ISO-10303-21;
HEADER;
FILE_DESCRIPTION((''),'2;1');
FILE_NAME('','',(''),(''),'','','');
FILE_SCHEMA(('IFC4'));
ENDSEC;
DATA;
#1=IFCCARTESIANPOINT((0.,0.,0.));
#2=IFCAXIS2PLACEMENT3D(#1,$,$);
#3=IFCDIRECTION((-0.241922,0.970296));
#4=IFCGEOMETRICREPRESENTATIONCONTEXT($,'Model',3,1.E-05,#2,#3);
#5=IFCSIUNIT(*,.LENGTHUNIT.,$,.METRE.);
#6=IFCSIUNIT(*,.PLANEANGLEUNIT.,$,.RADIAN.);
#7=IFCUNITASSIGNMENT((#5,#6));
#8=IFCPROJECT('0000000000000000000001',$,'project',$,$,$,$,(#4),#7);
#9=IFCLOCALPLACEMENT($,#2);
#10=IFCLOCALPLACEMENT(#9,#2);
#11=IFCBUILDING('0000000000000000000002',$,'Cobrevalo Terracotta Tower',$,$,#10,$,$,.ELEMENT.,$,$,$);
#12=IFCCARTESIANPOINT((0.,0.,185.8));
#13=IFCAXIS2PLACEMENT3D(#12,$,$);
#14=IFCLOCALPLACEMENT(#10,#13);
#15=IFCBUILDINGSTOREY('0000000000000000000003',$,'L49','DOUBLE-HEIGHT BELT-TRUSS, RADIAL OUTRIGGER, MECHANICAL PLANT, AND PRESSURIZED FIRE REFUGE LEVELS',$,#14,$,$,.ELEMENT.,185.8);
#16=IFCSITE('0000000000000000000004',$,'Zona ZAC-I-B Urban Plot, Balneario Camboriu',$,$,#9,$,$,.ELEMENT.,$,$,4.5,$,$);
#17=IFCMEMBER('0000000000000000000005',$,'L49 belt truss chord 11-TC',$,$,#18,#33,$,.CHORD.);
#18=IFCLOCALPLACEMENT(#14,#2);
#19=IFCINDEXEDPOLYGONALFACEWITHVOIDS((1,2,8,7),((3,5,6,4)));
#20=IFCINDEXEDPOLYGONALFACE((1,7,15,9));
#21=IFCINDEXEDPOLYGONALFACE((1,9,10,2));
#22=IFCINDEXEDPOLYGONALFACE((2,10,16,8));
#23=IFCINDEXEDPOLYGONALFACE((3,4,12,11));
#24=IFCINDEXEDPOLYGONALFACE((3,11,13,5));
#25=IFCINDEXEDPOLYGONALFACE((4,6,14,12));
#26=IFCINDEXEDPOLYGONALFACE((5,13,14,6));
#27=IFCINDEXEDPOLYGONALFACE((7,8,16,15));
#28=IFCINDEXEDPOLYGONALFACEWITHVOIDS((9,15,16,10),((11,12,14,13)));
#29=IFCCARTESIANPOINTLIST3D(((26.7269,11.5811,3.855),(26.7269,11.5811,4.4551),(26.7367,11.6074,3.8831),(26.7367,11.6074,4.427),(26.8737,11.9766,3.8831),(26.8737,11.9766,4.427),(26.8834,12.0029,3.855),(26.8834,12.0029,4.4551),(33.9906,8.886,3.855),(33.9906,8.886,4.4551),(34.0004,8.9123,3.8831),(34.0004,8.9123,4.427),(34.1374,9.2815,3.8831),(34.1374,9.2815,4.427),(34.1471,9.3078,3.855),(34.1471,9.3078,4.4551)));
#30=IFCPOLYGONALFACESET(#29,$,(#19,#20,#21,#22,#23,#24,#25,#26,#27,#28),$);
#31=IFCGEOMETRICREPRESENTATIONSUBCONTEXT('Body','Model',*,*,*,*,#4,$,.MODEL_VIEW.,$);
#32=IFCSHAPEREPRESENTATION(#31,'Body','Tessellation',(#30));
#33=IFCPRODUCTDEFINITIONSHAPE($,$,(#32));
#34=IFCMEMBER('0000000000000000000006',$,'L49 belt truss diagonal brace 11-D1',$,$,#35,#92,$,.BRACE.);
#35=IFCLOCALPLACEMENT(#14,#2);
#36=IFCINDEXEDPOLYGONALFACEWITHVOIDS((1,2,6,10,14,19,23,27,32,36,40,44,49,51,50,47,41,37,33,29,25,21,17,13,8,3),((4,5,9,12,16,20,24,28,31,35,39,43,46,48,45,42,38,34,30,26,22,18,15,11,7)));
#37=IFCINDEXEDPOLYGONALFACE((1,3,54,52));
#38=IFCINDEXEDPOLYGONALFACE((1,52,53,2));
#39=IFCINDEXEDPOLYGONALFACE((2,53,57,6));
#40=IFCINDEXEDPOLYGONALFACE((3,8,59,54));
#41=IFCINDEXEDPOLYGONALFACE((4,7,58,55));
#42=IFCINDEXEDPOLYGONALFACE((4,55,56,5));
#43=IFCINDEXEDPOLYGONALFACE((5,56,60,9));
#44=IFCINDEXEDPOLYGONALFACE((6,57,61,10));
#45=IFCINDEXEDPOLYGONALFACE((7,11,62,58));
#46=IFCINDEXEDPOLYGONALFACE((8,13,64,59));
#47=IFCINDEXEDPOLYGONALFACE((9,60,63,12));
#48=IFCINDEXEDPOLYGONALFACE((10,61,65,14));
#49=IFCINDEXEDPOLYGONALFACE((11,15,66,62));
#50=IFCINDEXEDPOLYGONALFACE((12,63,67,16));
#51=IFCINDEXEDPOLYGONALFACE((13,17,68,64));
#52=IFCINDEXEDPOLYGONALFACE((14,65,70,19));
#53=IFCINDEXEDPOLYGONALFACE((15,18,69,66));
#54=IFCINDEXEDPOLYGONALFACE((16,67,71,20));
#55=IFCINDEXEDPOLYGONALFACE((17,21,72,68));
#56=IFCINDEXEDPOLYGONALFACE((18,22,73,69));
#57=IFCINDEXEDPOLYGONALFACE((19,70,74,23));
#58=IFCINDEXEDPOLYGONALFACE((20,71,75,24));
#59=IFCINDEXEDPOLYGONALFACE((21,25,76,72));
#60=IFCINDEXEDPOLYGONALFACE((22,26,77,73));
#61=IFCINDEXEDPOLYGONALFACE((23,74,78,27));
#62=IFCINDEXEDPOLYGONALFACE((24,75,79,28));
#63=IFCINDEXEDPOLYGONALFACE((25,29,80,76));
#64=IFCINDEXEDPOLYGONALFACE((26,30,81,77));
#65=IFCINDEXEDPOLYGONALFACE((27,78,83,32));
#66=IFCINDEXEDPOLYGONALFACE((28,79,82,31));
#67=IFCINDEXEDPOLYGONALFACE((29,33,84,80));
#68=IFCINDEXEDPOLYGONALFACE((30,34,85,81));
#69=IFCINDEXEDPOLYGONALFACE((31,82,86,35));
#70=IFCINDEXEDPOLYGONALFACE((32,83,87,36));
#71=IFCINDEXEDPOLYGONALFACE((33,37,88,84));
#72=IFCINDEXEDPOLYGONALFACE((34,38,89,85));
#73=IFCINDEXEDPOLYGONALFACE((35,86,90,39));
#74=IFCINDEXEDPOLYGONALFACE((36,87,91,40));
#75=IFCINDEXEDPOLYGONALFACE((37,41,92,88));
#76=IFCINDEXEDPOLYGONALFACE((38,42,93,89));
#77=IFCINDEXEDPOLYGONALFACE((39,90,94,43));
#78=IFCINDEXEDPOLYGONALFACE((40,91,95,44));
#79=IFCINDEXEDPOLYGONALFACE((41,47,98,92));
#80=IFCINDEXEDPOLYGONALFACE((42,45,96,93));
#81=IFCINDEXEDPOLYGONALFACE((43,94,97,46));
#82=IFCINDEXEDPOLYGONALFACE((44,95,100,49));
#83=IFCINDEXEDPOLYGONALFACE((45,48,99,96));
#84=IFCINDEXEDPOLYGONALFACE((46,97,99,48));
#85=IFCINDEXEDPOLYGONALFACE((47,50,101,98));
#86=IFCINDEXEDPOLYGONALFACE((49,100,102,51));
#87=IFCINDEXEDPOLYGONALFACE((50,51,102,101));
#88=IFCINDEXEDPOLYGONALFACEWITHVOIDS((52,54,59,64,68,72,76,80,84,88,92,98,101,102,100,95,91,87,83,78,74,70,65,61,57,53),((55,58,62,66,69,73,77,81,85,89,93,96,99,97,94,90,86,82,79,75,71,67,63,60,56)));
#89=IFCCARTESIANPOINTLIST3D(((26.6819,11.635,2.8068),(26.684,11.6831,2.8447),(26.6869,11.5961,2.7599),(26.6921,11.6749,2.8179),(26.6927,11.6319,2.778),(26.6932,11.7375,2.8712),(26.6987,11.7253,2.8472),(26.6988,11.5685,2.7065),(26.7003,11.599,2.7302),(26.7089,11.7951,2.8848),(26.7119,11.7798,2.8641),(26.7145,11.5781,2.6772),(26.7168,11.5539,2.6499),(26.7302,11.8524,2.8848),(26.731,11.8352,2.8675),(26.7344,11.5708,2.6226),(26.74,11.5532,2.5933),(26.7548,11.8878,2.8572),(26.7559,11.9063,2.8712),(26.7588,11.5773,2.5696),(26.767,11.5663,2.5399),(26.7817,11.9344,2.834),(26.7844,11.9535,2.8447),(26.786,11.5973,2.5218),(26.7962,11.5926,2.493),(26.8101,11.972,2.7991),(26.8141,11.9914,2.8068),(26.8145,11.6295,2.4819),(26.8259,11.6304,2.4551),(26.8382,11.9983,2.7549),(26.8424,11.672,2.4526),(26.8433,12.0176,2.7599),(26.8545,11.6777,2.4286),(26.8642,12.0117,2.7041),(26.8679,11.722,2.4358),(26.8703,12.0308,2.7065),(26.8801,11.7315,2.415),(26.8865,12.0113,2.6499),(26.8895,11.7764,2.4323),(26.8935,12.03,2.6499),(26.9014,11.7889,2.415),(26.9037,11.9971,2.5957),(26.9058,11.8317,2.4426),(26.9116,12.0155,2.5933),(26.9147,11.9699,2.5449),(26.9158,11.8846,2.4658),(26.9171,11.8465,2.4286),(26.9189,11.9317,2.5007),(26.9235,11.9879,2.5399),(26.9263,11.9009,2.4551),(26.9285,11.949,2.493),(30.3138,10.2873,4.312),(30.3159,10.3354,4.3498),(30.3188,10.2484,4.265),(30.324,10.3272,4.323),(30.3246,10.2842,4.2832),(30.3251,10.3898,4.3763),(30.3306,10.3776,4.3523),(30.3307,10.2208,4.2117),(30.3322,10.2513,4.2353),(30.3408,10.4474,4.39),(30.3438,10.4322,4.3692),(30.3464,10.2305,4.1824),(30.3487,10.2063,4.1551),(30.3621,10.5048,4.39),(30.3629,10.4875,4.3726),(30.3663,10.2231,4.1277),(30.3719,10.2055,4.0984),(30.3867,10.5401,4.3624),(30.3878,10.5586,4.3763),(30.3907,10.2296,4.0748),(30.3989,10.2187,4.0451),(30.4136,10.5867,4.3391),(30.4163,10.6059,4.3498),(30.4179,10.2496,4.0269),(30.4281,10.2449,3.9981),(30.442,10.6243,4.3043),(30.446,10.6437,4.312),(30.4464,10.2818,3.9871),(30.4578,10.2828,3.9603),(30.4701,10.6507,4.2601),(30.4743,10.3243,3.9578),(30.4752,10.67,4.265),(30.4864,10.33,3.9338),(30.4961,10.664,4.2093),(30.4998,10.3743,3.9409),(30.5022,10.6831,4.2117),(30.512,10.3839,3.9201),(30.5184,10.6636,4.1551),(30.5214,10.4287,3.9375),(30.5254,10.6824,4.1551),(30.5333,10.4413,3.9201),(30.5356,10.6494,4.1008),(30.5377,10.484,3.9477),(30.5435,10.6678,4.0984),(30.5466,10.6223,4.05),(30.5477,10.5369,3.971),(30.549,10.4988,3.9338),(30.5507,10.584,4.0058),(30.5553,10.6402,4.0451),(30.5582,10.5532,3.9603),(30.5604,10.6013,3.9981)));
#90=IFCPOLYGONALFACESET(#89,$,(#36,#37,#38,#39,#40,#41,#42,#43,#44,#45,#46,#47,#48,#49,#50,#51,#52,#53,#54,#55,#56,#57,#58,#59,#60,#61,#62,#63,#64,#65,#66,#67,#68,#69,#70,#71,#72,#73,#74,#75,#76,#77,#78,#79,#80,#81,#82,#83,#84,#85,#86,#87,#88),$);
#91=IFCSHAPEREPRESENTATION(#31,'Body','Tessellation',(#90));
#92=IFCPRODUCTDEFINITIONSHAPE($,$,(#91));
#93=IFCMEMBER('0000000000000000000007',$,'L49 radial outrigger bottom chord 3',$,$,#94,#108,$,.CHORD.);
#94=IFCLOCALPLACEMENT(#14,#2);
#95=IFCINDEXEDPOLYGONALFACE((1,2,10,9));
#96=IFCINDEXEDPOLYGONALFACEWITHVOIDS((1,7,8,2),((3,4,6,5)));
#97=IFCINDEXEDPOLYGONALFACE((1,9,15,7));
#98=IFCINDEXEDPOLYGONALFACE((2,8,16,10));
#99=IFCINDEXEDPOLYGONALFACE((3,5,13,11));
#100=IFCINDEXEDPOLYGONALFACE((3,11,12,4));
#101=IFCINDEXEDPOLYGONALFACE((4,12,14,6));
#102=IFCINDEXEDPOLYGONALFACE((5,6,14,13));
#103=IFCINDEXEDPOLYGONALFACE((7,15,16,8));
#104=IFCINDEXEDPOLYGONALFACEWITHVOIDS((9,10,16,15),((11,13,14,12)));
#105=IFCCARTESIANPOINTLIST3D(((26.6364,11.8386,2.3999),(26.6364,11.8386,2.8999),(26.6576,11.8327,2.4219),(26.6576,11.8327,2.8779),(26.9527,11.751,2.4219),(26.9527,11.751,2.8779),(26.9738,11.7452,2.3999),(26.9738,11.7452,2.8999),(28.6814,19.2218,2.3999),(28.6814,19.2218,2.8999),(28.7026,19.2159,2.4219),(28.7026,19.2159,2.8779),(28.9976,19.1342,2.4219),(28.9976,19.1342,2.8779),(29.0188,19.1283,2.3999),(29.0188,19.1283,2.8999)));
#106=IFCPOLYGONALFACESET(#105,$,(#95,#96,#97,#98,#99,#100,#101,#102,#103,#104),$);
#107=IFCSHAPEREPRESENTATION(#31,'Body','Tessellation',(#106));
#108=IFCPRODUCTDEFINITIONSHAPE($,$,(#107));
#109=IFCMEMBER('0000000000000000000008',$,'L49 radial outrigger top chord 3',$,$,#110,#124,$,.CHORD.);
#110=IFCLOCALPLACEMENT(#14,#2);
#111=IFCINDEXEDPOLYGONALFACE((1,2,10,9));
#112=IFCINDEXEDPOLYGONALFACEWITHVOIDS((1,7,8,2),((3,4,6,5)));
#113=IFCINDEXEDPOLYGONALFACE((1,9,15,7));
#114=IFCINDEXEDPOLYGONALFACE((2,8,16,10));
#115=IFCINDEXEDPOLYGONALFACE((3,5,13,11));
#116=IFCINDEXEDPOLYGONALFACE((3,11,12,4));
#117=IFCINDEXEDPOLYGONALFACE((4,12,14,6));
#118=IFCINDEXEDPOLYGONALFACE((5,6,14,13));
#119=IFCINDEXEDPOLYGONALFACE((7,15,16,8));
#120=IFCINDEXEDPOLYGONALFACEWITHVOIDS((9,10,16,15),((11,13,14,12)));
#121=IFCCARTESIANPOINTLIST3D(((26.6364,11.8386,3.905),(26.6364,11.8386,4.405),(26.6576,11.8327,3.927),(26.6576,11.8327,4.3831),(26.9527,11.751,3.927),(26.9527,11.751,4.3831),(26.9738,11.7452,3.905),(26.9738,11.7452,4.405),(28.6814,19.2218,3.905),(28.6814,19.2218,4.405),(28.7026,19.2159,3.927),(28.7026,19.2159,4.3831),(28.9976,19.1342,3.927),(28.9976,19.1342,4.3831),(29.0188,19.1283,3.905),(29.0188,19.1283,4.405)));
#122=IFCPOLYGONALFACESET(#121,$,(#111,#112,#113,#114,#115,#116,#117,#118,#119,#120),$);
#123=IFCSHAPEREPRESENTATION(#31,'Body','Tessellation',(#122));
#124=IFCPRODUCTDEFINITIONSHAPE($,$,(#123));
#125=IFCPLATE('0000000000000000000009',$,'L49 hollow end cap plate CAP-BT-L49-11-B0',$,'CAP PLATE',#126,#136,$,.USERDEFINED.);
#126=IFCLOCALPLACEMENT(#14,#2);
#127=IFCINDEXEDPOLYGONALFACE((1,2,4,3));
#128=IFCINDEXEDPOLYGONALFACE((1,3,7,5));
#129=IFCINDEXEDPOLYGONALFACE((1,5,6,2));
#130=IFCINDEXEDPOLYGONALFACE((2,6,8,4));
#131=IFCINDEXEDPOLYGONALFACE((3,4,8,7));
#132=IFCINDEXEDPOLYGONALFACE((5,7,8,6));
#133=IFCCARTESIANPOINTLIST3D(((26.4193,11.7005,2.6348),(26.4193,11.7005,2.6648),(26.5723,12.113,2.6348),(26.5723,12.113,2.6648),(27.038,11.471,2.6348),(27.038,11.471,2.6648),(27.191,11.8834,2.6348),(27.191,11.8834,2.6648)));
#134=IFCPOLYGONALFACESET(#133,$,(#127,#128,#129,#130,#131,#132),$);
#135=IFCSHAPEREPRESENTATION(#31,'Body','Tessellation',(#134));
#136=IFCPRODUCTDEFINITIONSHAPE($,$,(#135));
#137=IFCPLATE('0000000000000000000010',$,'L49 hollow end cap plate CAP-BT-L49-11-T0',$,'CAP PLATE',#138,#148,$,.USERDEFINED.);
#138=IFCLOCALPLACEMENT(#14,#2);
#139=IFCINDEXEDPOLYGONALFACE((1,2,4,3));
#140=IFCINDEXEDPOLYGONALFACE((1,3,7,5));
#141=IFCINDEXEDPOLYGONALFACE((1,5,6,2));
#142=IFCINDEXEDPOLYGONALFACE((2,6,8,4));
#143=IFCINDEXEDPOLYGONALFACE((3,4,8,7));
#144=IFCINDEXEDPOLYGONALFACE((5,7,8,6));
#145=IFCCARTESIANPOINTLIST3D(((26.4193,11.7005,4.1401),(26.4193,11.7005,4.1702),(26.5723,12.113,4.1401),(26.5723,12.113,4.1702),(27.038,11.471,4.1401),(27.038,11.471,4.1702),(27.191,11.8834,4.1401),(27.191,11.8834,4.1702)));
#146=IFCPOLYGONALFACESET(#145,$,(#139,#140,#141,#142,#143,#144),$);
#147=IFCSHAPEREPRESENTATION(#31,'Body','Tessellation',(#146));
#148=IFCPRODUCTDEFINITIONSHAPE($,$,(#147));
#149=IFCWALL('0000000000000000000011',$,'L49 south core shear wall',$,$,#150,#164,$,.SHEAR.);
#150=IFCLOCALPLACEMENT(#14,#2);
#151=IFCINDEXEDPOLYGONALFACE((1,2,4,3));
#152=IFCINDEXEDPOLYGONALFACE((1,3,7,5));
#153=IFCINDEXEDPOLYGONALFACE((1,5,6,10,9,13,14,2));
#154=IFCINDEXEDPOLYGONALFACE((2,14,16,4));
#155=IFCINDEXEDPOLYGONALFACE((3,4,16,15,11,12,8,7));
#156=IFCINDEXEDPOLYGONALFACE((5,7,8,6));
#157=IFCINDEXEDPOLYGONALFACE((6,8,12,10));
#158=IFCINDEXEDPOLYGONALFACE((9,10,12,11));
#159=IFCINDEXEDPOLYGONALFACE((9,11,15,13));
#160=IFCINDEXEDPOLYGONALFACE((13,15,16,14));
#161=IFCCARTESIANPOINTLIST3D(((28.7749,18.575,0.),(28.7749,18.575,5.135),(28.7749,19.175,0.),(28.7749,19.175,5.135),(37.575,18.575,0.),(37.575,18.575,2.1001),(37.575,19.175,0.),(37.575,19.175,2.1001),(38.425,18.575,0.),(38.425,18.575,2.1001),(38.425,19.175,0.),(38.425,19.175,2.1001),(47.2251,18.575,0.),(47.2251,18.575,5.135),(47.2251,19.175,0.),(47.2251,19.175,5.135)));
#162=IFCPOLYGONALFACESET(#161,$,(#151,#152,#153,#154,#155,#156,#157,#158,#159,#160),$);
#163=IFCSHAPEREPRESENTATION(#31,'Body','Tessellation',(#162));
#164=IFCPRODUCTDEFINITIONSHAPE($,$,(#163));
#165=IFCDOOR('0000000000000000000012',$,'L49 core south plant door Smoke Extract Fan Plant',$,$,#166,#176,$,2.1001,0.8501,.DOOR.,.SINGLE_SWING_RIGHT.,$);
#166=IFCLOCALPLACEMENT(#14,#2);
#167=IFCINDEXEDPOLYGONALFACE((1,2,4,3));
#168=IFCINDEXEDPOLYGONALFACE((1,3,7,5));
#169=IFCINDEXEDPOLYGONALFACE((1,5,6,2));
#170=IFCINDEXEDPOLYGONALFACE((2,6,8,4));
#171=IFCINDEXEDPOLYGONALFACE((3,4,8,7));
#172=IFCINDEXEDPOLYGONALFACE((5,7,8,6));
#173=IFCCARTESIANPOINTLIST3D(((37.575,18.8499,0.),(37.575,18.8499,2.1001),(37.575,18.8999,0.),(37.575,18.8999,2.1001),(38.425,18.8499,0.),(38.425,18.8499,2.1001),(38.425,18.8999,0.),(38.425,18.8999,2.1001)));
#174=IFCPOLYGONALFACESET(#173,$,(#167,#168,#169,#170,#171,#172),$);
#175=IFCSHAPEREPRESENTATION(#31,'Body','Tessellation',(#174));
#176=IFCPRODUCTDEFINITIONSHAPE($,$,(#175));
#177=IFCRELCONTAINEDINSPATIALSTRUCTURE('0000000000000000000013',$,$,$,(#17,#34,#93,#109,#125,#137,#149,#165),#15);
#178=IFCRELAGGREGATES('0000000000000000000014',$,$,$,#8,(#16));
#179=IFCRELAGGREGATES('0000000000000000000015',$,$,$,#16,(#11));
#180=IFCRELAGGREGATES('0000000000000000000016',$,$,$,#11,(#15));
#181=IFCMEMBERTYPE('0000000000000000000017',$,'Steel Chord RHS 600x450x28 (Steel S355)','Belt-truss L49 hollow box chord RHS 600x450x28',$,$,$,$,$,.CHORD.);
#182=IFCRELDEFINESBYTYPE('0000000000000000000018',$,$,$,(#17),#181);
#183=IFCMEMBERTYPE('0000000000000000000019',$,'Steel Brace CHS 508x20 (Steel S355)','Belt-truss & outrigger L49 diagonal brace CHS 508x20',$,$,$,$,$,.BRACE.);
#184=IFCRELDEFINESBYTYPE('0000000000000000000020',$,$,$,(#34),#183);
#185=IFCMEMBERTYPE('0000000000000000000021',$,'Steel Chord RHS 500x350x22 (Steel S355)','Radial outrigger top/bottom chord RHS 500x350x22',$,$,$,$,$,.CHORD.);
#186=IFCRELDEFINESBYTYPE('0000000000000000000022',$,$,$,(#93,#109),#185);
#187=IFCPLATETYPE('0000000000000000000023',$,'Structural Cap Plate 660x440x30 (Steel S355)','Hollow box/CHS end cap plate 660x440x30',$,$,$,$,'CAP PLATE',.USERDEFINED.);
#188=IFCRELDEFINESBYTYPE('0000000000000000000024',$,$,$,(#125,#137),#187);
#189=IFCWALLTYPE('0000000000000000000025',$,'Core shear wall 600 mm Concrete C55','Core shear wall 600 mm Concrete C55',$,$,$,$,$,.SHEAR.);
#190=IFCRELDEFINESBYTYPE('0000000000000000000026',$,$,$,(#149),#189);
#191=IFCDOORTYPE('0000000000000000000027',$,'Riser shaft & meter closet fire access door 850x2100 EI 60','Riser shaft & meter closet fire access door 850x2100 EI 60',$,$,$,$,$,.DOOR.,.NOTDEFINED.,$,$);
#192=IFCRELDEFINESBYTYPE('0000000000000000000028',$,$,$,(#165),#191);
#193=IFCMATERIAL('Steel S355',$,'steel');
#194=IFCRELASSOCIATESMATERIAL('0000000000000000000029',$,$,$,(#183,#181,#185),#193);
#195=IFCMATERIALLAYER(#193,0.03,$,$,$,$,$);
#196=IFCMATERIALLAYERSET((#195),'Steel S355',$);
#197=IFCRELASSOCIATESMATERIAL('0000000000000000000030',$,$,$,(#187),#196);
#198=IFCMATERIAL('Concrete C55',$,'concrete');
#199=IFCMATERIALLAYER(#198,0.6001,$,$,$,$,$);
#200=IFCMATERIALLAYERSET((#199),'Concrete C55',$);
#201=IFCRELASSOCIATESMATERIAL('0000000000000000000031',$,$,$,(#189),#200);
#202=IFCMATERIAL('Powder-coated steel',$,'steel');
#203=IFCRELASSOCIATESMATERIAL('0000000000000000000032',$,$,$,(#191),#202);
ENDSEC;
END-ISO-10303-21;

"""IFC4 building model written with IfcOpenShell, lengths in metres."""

from ifc_helpers import new_model, si_unit, direction, frame, frame_2d, origin, origin_2d, place, context, subcontext, project, spatial, rectangle, hollow_rectangle, hollow_circle, extrude, source, transform, mapped, material, layer, layer_set, material_profile, profile_set, type_object, element, fill, save


model = new_model("IFC4")

# Units and contexts
model_context = context("Model", 3, precision=1e-05, world=origin(), true_north=direction((-0.241922, 0.970296)))
body_context = subcontext(model_context, "Body", "Model", "MODEL_VIEW")
ifc_project = project(units=[si_unit("LENGTHUNIT", "METRE"), si_unit("PLANEANGLEUNIT", "RADIAN")], contexts=[model_context])

# Site, building, storey
site_placement = place(None, origin())
site = spatial("IfcSite", under=ifc_project, at=site_placement, Name="Zona ZAC-I-B Urban Plot, Balneario Camboriu", CompositionType="ELEMENT", RefElevation=4.5)
building_placement = place(site_placement, origin())
building = spatial("IfcBuilding", under=site, at=building_placement, Name="Cobrevalo Terracotta Tower", CompositionType="ELEMENT")
storey_placement = place(building_placement, frame((0.0, 0.0, 185.8)))
storey = spatial("IfcBuildingStorey", under=building, at=storey_placement, Name="L49", Description="DOUBLE-HEIGHT BELT-TRUSS, RADIAL OUTRIGGER, MECHANICAL PLANT, AND PRESSURIZED FIRE REFUGE LEVELS", CompositionType="ELEMENT", Elevation=185.8)

# Shared definitions
ifc_material_1 = material(Name="Concrete C55", Category="concrete")

# Shared definitions
ifc_material_2 = material(Name="Steel S355", Category="steel")

# Members
ifc_material_profile_1 = material_profile(ifc_material_2, hollow_circle(Radius=0.2539, WallThickness=0.02, at=origin_2d()), Name="CHS 508x20")
ifc_profile_set_1 = profile_set([ifc_material_profile_1], Name="Steel S355")
member_type_1 = type_object("IfcMemberType", Name="Steel Brace CHS 508x20 (Steel S355)", Description="Belt-truss & outrigger L49 diagonal brace CHS 508x20", PredefinedType="BRACE", material=ifc_profile_set_1)
ifc_material_profile_2 = material_profile(ifc_material_2, hollow_rectangle(XDim=0.45, YDim=0.6001, WallThickness=0.0281, at=origin_2d()), Name="RHS 600x450x28")
ifc_profile_set_2 = profile_set([ifc_material_profile_2], Name="Steel S355")
member_type_2 = type_object("IfcMemberType", Name="Steel Chord RHS 600x450x28 (Steel S355)", Description="Belt-truss L49 hollow box chord RHS 600x450x28", PredefinedType="CHORD", material=ifc_profile_set_2)
shared_shape_1 = source(origin(), body_context, "Body", "SweptSolid", [
    extrude(hollow_rectangle(XDim=0.45, YDim=0.6001, WallThickness=0.0281, at=origin_2d()), origin(), (0.0, 0.0, 1.0), 7.7476),
])
for number, where, z_axis, x_axis, name in (
    (1, (26.8052, 11.792, 4.155), (0.937546, -0.347861, 0.0), (0.347861, 0.937546, 0.0), "L49 belt truss chord 11-TC"),
):
    element("IfcMember", number, at=place(storey_placement, frame(where, z_axis=z_axis, x_axis=x_axis)), inside=storey, type_object=member_type_2, Name=name, PredefinedType="CHORD", context=body_context, shape_type="MappedRepresentation", body=[
        mapped(shared_shape_1, transform((0.0, 0.0, 0.0), scale=1.0)),
    ])
shared_shape_2 = source(origin(), body_context, "Body", "SweptSolid", [
    extrude(hollow_circle(Radius=0.2539, WallThickness=0.02, at=origin_2d()), origin(), (0.0, 0.0, 1.0), 4.156),
])
member_1_placement = place(storey_placement, frame((26.8052, 11.792, 2.6499), z_axis=(0.873891, -0.324272, 0.362163), x_axis=(0.347889, 0.937536, 0.0)))
element("IfcMember", 2, at=member_1_placement, inside=storey, type_object=member_type_1, Name="L49 belt truss diagonal brace 11-D1", PredefinedType="BRACE", context=body_context, shape_type="MappedRepresentation", body=[
    mapped(shared_shape_2, transform((0.0, 0.0, 0.0), scale=1.0)),
])
ifc_material_profile_3 = material_profile(ifc_material_2, hollow_rectangle(XDim=0.3501, YDim=0.5, WallThickness=0.022, at=origin_2d()), Name="RHS 500x350x22")
ifc_profile_set_3 = profile_set([ifc_material_profile_3], Name="Steel S355")
member_type_3 = type_object("IfcMemberType", Name="Steel Chord RHS 500x350x22 (Steel S355)", Description="Radial outrigger top/bottom chord RHS 500x350x22", PredefinedType="CHORD", material=ifc_profile_set_3)
shared_shape_3 = source(origin(), body_context, "Body", "SweptSolid", [
    extrude(hollow_rectangle(XDim=0.3501, YDim=0.5, WallThickness=0.022, at=origin_2d()), origin(), (0.0, 0.0, 1.0), 7.6611),
])
for number, where, z_axis, x_axis, name in (
    (3, (28.8501, 19.175, 2.6499), (-0.266926, -0.963717, 0.0), (0.963717, -0.266926, 0.0), "L49 radial outrigger bottom chord 3"),
    (4, (28.8501, 19.175, 4.155), (-0.266926, -0.963717, 0.0), (0.963717, -0.266926, 0.0), "L49 radial outrigger top chord 3"),
):
    element("IfcMember", number, at=place(storey_placement, frame(where, z_axis=z_axis, x_axis=x_axis)), inside=storey, type_object=member_type_3, Name=name, PredefinedType="CHORD", context=body_context, shape_type="MappedRepresentation", body=[
        mapped(shared_shape_3, transform((0.0, 0.0, 0.0), scale=1.0)),
    ])

# Plates
ifc_layer_1 = layer(ifc_material_2, 0.03)
ifc_layer_set_1 = layer_set([ifc_layer_1], Name="Steel S355")
plate_type = type_object("IfcPlateType", Name="Structural Cap Plate 660x440x30 (Steel S355)", Description="Hollow box/CHS end cap plate 660x440x30", ElementType="CAP PLATE", PredefinedType="USERDEFINED", material=ifc_layer_set_1)
shared_shape_4 = source(origin(), body_context, "Body", "SweptSolid", [
    extrude(rectangle(XDim=0.6599, YDim=0.4399, at=origin_2d()), origin(), (0.0, 0.0, 1.0), 0.03),
])
for number, where, z_axis, x_axis, name in (
    (5, (26.8052, 11.792, 2.6348), (0.0, 0.0, 1.0), (0.937543, -0.34787, 0.0), "L49 hollow end cap plate CAP-BT-L49-11-B0"),
    (6, (26.8052, 11.792, 4.1401), (0.0, 0.0, 1.0), (0.937543, -0.34787, 0.0), "L49 hollow end cap plate CAP-BT-L49-11-T0"),
):
    element("IfcPlate", number, at=place(storey_placement, frame(where, z_axis=z_axis, x_axis=x_axis)), inside=storey, type_object=plate_type, Name=name, ObjectType="CAP PLATE", PredefinedType="USERDEFINED", context=body_context, shape_type="MappedRepresentation", body=[
        mapped(shared_shape_4, transform((0.0, 0.0, 0.0), scale=1.0)),
    ])

# Wall, opening, door
ifc_layer_2 = layer(ifc_material_1, 0.6001)
ifc_layer_set_2 = layer_set([ifc_layer_2], Name="Concrete C55")
wall_type_1 = type_object("IfcWallType", Name="Core shear wall 600 mm Concrete C55", Description="Core shear wall 600 mm Concrete C55", PredefinedType="SHEAR", material=ifc_layer_set_2)
wall_1_placement = place(storey_placement, frame((28.7749, 18.875, 0.0), z_axis=(0.0, 0.0, 1.0), x_axis=(1.0, 0.0, 0.0)))
wall_1 = element("IfcWall", 7, at=wall_1_placement, inside=storey, type_object=wall_type_1, Name="L49 south core shear wall", PredefinedType="SHEAR", context=body_context, shape_type="SweptSolid", body=[
    extrude(rectangle(XDim=18.4502, YDim=0.6001, at=frame_2d((9.2251, 0.0))), origin(), (0.0, 0.0, 1.0), 5.135),
])
opening_1_placement = place(wall_1_placement, frame((8.8, 0.0, 0.0)))
opening_1 = element("IfcOpeningElement", 8, at=opening_1_placement, cuts=wall_1, PredefinedType="OPENING", context=body_context, shape_type="SweptSolid", body=[
    extrude(rectangle(XDim=0.8501, YDim=2.1001, at=frame_2d((0.425, 1.05))), frame((0.0, 0.3101, 0.0), z_axis=(0.0, -1.0, 0.0), x_axis=(1.0, 0.0, 0.0)), (0.0, 0.0, 1.0), 0.6201),
])
ifc_material_3 = material(Name="Powder-coated steel", Category="steel")
door_type_1 = type_object("IfcDoorType", Name="Riser shaft & meter closet fire access door 850x2100 EI 60", Description="Riser shaft & meter closet fire access door 850x2100 EI 60", OperationType="NOTDEFINED", PredefinedType="DOOR", material=ifc_material_3)
shared_shape_5 = source(origin(), body_context, "Body", "SweptSolid", [
    extrude(rectangle(XDim=0.8501, YDim=2.1001, at=frame_2d((0.425, 1.05))), frame((0.0, 0.0249, 0.0), z_axis=(0.0, -1.0, 0.0), x_axis=(1.0, 0.0, 0.0)), (0.0, 0.0, 1.0), 0.05),
])
door_1_placement = place(opening_1_placement, origin())
door_1 = element("IfcDoor", 9, at=door_1_placement, inside=storey, type_object=door_type_1, Name="L49 core south plant door Smoke Extract Fan Plant", OperationType="SINGLE_SWING_RIGHT", OverallHeight=2.1001, OverallWidth=0.8501, PredefinedType="DOOR", context=body_context, shape_type="MappedRepresentation", body=[
    mapped(shared_shape_5, transform((0.0, 0.0, 0.0), scale=1.0)),
])
fill(opening_1, door_1)

save(model, "model.ifc")
